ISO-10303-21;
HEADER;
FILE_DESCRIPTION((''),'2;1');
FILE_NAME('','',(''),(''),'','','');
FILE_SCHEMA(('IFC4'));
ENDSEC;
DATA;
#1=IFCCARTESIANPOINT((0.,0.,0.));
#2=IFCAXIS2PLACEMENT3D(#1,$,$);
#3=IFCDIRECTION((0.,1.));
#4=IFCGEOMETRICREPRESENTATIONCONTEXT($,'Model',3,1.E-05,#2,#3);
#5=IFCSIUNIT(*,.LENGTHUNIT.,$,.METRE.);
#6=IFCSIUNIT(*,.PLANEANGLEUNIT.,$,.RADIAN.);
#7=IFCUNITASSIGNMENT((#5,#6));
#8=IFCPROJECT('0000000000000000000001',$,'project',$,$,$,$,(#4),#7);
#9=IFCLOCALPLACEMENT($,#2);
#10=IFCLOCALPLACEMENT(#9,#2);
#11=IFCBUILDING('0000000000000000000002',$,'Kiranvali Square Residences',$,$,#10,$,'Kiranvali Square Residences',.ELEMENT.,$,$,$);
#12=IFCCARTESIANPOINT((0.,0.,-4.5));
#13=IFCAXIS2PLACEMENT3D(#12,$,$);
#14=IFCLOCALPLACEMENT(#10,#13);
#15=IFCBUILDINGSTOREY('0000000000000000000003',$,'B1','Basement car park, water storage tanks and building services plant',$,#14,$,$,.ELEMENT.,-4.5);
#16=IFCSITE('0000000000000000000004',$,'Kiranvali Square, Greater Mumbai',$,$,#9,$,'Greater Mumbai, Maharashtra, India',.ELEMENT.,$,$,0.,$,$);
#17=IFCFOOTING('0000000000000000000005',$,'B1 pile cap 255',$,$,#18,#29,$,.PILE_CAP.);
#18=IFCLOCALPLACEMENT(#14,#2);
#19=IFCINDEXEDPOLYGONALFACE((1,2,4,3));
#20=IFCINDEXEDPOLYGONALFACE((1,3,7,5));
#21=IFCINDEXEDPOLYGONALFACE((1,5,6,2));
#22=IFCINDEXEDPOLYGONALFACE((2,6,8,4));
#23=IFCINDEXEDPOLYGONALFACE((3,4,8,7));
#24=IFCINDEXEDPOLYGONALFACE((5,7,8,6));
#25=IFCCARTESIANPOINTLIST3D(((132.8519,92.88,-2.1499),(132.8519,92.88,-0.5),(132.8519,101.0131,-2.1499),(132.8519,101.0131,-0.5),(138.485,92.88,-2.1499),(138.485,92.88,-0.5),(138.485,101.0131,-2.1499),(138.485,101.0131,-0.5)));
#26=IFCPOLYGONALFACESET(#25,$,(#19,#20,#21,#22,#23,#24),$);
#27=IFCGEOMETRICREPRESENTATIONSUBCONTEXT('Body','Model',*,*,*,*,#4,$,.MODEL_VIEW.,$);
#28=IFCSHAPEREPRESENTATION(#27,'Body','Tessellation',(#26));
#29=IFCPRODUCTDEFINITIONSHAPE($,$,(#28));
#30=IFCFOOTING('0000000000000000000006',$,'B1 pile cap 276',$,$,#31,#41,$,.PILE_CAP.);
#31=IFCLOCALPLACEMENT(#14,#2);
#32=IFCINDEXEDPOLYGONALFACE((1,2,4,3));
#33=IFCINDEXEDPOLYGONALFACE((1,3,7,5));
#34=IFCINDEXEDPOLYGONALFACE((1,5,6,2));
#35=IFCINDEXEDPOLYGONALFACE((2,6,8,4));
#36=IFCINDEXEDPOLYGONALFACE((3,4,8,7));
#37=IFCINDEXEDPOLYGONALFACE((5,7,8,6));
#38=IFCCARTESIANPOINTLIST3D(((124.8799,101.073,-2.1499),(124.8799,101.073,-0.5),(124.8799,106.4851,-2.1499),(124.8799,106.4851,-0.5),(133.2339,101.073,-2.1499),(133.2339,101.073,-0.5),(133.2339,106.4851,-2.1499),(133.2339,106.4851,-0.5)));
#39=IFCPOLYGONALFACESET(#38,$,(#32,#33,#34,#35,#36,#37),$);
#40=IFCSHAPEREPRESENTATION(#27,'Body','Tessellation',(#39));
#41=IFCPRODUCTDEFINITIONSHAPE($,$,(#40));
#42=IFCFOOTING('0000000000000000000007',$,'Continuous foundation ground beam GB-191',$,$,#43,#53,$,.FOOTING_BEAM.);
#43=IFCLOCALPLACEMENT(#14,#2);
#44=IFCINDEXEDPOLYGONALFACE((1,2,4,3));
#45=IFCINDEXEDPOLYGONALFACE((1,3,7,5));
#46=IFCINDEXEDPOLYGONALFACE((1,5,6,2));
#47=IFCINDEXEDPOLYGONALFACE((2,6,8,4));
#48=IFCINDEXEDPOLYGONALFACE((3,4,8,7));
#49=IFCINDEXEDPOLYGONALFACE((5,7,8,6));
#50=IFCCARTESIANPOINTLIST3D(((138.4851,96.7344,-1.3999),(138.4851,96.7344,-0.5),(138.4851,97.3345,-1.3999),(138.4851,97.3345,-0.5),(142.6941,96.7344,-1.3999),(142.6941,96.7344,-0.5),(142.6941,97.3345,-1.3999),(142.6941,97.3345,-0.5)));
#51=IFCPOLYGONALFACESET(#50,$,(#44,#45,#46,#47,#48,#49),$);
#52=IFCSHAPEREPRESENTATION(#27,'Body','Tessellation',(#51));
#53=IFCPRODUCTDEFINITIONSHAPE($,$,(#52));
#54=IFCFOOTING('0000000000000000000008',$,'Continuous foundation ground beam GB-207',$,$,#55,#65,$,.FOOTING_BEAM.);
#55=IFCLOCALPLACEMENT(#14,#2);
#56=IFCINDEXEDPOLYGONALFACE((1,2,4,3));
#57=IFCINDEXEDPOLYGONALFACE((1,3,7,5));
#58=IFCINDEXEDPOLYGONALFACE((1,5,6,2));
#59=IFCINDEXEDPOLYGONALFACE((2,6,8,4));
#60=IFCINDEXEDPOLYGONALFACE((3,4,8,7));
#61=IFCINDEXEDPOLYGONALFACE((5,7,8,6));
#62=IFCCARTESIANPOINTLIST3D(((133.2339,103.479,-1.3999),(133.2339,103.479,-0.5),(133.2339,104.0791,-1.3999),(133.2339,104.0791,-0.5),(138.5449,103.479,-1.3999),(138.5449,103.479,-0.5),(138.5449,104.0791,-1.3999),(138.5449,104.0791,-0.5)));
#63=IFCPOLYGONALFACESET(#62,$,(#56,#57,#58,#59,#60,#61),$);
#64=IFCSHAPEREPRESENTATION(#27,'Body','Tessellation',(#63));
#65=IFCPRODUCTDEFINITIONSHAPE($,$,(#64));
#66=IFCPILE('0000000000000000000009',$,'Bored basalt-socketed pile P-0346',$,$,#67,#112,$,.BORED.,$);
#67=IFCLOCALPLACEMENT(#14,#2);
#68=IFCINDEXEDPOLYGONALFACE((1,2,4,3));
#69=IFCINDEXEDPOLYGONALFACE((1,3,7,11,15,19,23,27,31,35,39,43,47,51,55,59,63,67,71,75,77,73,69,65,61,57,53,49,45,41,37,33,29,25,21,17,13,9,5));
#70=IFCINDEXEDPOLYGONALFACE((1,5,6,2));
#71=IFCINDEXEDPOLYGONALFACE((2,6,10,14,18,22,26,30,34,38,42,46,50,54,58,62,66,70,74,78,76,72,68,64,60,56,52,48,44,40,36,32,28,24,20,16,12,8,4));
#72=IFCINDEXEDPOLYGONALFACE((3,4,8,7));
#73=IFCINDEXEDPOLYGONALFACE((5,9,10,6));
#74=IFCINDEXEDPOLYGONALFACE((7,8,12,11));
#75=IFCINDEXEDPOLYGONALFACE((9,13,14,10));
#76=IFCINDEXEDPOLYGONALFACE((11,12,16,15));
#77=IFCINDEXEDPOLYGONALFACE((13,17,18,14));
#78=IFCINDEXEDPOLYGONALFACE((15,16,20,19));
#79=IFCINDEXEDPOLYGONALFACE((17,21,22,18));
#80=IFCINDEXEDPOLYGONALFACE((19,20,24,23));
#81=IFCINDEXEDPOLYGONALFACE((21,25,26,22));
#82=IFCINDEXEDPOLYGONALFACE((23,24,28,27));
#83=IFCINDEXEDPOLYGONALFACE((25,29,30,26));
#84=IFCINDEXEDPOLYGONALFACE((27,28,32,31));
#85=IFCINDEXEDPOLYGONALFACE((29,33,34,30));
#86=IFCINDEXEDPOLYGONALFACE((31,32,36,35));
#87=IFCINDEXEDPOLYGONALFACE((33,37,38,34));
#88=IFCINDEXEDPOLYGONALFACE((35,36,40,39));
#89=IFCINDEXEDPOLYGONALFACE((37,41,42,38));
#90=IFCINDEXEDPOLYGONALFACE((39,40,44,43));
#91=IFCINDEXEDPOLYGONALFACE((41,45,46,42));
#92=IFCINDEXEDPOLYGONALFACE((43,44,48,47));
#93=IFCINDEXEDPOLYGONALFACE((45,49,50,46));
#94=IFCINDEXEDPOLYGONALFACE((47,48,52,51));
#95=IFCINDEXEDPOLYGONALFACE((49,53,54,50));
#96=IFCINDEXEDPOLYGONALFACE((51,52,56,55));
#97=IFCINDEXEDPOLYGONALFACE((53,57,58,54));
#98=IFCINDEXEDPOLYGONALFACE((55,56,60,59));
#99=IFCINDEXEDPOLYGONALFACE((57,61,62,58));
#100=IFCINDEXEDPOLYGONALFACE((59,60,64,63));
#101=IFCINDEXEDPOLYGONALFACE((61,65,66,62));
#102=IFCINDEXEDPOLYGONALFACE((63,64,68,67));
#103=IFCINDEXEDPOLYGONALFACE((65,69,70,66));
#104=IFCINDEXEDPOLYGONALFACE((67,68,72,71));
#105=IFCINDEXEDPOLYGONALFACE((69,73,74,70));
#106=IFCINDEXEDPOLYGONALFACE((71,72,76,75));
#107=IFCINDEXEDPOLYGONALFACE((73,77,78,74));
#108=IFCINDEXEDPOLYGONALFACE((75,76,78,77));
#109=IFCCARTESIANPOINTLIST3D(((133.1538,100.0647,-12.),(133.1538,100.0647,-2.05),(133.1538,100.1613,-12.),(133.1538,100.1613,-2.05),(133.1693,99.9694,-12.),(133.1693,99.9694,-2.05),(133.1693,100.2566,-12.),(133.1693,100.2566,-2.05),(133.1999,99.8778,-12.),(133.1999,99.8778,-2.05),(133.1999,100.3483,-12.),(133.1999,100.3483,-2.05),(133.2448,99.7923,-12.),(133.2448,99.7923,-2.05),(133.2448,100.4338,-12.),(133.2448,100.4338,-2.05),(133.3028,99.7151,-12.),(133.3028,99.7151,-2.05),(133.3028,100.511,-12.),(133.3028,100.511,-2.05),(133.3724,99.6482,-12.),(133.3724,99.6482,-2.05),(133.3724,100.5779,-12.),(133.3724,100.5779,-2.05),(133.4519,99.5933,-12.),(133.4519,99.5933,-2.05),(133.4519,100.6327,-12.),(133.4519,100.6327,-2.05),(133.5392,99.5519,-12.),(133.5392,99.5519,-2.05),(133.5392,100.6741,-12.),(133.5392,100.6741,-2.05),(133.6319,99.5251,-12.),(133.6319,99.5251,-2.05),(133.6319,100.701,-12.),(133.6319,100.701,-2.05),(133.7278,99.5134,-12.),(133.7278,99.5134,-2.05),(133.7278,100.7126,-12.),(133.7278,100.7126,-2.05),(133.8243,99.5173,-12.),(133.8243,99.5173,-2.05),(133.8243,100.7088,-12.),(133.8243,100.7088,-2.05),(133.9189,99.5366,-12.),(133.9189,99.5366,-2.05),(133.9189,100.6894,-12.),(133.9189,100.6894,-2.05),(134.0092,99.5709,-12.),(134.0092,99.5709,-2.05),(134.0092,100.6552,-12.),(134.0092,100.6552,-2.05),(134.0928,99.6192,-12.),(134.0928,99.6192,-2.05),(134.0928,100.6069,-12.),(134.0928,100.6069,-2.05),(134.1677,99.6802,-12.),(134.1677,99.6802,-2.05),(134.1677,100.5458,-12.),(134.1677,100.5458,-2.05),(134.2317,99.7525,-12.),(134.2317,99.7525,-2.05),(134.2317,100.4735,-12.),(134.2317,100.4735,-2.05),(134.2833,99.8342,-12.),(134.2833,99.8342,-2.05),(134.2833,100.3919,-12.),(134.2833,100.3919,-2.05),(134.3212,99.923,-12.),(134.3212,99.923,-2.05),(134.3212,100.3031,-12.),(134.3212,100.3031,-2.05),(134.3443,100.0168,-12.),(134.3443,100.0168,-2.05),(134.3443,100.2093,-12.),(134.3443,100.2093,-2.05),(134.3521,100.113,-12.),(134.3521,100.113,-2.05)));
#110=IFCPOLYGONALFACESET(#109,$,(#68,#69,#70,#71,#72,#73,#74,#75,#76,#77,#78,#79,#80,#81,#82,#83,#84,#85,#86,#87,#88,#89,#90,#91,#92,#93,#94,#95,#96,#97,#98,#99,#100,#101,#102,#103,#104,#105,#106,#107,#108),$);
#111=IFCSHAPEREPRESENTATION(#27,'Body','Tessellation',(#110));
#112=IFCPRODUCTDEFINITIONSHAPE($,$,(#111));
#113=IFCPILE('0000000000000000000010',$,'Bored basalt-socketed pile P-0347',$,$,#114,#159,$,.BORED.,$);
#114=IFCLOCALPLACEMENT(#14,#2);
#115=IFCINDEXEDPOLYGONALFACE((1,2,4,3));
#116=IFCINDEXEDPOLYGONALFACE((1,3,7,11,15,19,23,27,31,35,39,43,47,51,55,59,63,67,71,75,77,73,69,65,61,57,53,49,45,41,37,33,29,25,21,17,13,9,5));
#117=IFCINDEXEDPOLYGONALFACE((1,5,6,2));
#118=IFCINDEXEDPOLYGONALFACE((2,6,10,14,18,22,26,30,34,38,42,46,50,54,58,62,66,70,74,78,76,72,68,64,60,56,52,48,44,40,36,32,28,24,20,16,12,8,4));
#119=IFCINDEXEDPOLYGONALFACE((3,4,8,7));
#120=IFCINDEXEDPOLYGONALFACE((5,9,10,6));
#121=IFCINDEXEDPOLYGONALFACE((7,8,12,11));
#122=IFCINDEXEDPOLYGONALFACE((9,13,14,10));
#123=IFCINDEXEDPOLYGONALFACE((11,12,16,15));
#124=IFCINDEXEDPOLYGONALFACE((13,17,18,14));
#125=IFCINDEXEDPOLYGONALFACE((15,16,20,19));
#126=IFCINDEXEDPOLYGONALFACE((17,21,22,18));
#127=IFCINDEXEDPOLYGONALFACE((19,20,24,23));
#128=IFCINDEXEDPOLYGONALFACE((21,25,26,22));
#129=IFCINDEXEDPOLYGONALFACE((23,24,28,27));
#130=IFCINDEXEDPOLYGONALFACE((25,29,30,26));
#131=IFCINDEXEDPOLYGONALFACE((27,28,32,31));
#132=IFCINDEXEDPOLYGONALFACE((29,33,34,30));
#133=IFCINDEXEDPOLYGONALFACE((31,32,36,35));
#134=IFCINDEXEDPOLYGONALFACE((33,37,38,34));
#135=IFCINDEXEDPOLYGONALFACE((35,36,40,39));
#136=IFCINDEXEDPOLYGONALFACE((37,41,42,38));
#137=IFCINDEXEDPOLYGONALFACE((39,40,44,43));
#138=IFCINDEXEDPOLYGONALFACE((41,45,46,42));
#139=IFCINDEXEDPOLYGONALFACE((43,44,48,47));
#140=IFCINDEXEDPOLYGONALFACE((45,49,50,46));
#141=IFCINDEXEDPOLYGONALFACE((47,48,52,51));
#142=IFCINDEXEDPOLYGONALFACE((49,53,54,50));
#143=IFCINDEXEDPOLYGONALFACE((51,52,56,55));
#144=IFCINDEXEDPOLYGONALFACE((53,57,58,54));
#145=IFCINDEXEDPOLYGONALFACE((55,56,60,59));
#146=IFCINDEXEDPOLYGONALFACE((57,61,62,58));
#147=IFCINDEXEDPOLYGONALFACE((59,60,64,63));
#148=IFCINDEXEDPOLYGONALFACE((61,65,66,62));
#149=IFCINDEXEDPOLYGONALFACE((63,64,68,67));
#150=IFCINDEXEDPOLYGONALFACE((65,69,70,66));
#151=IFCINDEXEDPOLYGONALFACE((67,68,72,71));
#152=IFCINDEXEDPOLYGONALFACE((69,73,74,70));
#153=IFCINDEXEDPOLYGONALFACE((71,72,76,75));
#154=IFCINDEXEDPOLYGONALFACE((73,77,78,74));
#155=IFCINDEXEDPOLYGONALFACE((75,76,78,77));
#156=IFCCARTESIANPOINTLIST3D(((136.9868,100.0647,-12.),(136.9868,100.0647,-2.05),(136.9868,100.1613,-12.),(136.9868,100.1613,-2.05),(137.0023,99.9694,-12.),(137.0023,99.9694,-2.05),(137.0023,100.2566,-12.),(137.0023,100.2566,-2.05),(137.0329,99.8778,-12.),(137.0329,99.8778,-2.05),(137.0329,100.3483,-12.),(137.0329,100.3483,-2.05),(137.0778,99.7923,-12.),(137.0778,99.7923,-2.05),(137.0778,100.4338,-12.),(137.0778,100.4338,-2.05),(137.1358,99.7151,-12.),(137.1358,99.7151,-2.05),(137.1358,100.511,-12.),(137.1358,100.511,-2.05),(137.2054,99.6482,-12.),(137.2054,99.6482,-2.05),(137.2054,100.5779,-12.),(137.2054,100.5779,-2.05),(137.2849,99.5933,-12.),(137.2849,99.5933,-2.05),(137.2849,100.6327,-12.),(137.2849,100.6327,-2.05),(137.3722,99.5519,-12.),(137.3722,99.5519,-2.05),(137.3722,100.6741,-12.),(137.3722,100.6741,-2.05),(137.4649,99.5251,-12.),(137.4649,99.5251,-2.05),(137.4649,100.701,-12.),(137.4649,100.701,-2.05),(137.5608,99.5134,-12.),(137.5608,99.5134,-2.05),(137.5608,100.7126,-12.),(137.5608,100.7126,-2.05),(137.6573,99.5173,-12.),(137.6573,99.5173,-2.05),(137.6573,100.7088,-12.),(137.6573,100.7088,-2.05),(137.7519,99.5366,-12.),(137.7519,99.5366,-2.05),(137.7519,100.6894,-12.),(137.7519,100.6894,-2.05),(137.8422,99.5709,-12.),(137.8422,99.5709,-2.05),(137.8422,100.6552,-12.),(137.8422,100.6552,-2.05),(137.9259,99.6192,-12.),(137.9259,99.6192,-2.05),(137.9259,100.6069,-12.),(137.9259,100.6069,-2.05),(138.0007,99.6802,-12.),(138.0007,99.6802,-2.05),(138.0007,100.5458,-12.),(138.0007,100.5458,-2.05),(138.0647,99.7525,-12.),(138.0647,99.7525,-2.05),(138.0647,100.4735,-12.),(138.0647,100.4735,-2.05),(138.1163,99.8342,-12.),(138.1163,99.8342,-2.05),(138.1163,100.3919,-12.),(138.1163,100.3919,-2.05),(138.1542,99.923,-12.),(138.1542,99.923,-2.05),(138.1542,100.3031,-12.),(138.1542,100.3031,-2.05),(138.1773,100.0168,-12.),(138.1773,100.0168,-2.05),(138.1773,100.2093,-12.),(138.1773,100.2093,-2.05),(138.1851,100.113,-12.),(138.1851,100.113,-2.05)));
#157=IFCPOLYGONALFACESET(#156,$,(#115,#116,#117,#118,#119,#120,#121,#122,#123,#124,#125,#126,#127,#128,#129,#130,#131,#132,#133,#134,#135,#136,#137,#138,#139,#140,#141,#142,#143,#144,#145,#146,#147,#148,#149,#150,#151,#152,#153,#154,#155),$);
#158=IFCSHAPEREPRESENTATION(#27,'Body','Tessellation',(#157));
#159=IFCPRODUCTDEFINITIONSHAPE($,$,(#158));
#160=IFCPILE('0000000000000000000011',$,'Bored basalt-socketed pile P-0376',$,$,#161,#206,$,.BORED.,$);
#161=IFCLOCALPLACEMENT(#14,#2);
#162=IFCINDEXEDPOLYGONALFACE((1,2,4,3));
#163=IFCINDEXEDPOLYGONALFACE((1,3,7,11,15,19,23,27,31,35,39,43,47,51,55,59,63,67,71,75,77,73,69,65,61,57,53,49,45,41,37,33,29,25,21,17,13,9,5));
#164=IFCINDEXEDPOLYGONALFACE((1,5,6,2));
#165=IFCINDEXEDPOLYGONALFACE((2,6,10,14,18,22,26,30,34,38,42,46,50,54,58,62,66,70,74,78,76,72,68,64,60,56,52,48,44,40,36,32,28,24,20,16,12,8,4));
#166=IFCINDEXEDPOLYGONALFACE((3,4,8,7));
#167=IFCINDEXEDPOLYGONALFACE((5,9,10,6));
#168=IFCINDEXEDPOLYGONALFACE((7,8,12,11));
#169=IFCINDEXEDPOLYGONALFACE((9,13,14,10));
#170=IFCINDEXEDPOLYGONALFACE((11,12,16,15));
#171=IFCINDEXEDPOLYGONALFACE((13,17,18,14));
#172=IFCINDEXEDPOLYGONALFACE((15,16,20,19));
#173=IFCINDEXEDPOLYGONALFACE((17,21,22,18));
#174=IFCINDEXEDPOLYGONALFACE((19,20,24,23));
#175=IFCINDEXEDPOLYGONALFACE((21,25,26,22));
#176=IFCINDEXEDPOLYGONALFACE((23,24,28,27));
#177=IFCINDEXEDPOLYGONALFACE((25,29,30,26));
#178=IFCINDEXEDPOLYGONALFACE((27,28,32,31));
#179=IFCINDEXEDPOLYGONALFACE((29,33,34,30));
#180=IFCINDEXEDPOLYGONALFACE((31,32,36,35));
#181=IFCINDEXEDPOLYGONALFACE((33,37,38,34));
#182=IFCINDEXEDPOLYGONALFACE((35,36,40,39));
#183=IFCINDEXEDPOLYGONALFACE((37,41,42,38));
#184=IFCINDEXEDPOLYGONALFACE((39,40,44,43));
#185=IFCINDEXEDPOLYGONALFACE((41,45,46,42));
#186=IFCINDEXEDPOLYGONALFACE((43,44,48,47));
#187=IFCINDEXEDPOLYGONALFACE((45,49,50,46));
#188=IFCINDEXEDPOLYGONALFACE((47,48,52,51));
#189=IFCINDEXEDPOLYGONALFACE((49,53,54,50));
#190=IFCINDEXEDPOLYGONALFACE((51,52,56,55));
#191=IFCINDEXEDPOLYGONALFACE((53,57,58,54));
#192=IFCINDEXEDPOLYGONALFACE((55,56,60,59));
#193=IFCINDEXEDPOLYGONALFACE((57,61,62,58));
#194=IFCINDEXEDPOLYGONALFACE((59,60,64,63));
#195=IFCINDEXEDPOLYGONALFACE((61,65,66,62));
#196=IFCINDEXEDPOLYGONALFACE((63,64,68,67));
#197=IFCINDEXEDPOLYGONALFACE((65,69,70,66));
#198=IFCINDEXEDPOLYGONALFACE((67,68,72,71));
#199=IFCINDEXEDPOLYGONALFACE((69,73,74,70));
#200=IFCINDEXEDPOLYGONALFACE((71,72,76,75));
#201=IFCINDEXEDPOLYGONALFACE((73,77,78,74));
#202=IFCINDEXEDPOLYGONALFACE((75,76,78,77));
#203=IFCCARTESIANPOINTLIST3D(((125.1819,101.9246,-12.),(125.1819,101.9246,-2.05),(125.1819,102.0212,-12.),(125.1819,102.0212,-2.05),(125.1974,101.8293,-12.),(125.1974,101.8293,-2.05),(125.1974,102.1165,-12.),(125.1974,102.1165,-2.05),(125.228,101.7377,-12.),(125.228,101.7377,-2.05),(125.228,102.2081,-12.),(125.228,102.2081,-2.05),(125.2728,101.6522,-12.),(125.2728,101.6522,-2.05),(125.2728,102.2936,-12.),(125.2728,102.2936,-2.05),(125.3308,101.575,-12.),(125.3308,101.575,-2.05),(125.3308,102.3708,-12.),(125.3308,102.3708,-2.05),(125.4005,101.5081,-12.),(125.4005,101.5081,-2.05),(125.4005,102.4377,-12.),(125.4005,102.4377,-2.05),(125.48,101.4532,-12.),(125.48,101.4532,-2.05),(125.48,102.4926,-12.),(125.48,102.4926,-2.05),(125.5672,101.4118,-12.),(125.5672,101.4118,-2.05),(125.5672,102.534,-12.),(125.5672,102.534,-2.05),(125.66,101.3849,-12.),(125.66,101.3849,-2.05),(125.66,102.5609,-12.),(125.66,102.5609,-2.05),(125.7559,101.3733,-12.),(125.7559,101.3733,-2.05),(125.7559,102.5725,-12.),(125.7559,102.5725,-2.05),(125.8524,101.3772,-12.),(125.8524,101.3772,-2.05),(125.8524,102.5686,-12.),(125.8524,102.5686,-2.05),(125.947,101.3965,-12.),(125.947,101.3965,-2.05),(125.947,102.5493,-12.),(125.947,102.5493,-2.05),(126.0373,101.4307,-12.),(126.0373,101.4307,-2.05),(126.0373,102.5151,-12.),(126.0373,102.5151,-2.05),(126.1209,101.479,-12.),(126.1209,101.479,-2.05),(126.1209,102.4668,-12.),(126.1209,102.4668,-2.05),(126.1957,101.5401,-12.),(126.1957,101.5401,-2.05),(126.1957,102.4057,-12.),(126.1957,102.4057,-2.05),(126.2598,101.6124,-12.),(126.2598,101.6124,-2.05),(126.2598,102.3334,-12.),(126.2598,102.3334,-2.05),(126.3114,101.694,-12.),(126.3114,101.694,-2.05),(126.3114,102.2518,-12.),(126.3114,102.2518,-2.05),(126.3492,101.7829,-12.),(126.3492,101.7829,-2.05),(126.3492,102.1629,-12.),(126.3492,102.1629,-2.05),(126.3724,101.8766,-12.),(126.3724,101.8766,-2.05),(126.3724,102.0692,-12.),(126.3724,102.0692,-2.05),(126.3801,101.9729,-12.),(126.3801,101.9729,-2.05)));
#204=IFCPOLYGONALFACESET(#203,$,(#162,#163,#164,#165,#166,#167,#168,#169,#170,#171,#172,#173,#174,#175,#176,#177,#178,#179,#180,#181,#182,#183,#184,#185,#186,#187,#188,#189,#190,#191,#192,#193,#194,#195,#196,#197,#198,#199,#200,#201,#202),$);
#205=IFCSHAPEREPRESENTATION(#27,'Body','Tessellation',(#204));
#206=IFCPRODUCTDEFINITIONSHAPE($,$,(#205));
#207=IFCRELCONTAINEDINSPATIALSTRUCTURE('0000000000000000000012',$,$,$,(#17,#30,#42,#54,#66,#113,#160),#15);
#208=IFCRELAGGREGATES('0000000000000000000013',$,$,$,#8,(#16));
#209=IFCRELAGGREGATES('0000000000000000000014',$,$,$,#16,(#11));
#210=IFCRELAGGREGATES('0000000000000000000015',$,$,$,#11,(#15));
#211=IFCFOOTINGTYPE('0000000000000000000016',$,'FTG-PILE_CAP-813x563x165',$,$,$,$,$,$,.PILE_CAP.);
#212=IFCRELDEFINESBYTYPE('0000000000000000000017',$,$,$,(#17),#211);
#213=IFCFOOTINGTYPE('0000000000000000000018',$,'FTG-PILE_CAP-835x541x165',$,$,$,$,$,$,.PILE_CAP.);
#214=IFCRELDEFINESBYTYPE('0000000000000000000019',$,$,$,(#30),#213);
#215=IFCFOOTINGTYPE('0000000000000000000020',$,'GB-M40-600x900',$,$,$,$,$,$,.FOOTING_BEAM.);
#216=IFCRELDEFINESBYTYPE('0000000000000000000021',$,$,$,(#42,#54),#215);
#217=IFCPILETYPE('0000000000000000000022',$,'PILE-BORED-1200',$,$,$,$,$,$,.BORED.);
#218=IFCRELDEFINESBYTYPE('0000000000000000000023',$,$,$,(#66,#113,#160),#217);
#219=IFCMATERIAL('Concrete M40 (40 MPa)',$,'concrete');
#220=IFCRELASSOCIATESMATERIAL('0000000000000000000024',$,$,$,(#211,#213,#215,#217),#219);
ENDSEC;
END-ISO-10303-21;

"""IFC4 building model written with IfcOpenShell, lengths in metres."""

from ifc_helpers import new_model, si_unit, direction, frame, origin, origin_2d, place, context, subcontext, project, spatial, rectangle, circle, extrude, material, material_profile, profile_set, type_object, element, save


model = new_model("IFC4")

# Units and contexts
model_context = context("Model", 3, precision=1e-05, world=origin(), true_north=direction((0.0, 1.0)))
body_context = subcontext(model_context, "Body", "Model", "MODEL_VIEW")
ifc_project = project(units=[si_unit("LENGTHUNIT", "METRE"), si_unit("PLANEANGLEUNIT", "RADIAN")], contexts=[model_context])

# Site, building, storey
site_placement = place(None, origin())
site = spatial("IfcSite", under=ifc_project, at=site_placement, Name="Kiranvali Square, Greater Mumbai", LongName="Greater Mumbai, Maharashtra, India", CompositionType="ELEMENT", RefElevation=0.0)
building_placement = place(site_placement, origin())
building = spatial("IfcBuilding", under=site, at=building_placement, Name="Kiranvali Square Residences", LongName="Kiranvali Square Residences", CompositionType="ELEMENT")
storey_placement = place(building_placement, frame((0.0, 0.0, -4.5)))
storey = spatial("IfcBuildingStorey", under=building, at=storey_placement, Name="B1", Description="Basement car park, water storage tanks and building services plant", CompositionType="ELEMENT", Elevation=-4.5)

# Footings
ifc_material_1 = material(Name="Concrete M40 (40 MPa)", Category="concrete")
footing_type_1 = type_object("IfcFootingType", Name="FTG-PILE_CAP-813x563x165", PredefinedType="PILE_CAP", material=ifc_material_1)
footing_1_placement = place(storey_placement, frame((135.6685, 96.9465, -2.1499), z_axis=(0.0, 0.0, 1.0), x_axis=(0.0, 1.0, 0.0)))
element("IfcFooting", 1, at=footing_1_placement, inside=storey, type_object=footing_type_1, Name="B1 pile cap 255", PredefinedType="PILE_CAP", context=body_context, shape_type="SweptSolid", body=[
    extrude(rectangle(XDim=8.1331, YDim=5.6331, at=origin_2d()), origin(), (0.0, 0.0, 1.0), 1.6499),
])
footing_type_2 = type_object("IfcFootingType", Name="FTG-PILE_CAP-835x541x165", PredefinedType="PILE_CAP", material=ifc_material_1)
footing_2_placement = place(storey_placement, frame((129.0569, 103.7791, -2.1499), z_axis=(0.0, 0.0, 1.0), x_axis=(1.0, 0.0, 0.0)))
element("IfcFooting", 2, at=footing_2_placement, inside=storey, type_object=footing_type_2, Name="B1 pile cap 276", PredefinedType="PILE_CAP", context=body_context, shape_type="SweptSolid", body=[
    extrude(rectangle(XDim=8.354, YDim=5.4121, at=origin_2d()), origin(), (0.0, 0.0, 1.0), 1.6499),
])
ifc_material_profile_1 = material_profile(ifc_material_1, rectangle(XDim=0.6001, YDim=0.8999, at=origin_2d()), Name="GB 600x900")
ifc_profile_set_1 = profile_set([ifc_material_profile_1], Name="Concrete M40 (40 MPa)")
footing_type_3 = type_object("IfcFootingType", Name="GB-M40-600x900", PredefinedType="FOOTING_BEAM", material=ifc_profile_set_1)
footing_3_placement = place(storey_placement, frame((138.4851, 97.0344, -0.95), z_axis=(1.0, 0.0, 0.0), x_axis=(0.0, 1.0, 0.0)))
element("IfcFooting", 3, at=footing_3_placement, inside=storey, type_object=footing_type_3, Name="Continuous foundation ground beam GB-191", PredefinedType="FOOTING_BEAM", context=body_context, shape_type="SweptSolid", body=[
    extrude(rectangle(XDim=0.6001, YDim=0.8999, at=origin_2d()), origin(), (0.0, 0.0, 1.0), 4.209),
])
footing_4_placement = place(storey_placement, frame((133.2339, 103.7791, -0.95), z_axis=(1.0, 0.0, 0.0), x_axis=(0.0, 1.0, 0.0)))
element("IfcFooting", 4, at=footing_4_placement, inside=storey, type_object=footing_type_3, Name="Continuous foundation ground beam GB-207", PredefinedType="FOOTING_BEAM", context=body_context, shape_type="SweptSolid", body=[
    extrude(rectangle(XDim=0.6001, YDim=0.8999, at=origin_2d()), origin(), (0.0, 0.0, 1.0), 5.311),
])

# Piles
ifc_material_profile_2 = material_profile(ifc_material_1, circle(Radius=0.6001, at=origin_2d()), Name="BORED PILE 1200")
ifc_profile_set_2 = profile_set([ifc_material_profile_2], Name="Concrete M40 (40 MPa)")
pile_type = type_object("IfcPileType", Name="PILE-BORED-1200", PredefinedType="BORED", material=ifc_profile_set_2)
for number, where, z_axis, x_axis, name in (
    (5, (133.752, 100.113, -2.05), (0.0, 0.0, -1.0), (1.0, 0.0, 0.0), "Bored basalt-socketed pile P-0346"),
    (6, (137.585, 100.113, -2.05), (0.0, 0.0, -1.0), (1.0, 0.0, 0.0), "Bored basalt-socketed pile P-0347"),
    (7, (125.78, 101.9729, -2.05), (0.0, 0.0, -1.0), (1.0, 0.0, 0.0), "Bored basalt-socketed pile P-0376"),
):
    element("IfcPile", number, at=place(storey_placement, frame(where, z_axis=z_axis, x_axis=x_axis)), inside=storey, type_object=pile_type, Name=name, PredefinedType="BORED", context=body_context, shape_type="SweptSolid", body=[
        extrude(circle(Radius=0.6001, at=origin_2d()), origin(), (0.0, 0.0, 1.0), 9.95),
    ])

save(model, "model.ifc")
